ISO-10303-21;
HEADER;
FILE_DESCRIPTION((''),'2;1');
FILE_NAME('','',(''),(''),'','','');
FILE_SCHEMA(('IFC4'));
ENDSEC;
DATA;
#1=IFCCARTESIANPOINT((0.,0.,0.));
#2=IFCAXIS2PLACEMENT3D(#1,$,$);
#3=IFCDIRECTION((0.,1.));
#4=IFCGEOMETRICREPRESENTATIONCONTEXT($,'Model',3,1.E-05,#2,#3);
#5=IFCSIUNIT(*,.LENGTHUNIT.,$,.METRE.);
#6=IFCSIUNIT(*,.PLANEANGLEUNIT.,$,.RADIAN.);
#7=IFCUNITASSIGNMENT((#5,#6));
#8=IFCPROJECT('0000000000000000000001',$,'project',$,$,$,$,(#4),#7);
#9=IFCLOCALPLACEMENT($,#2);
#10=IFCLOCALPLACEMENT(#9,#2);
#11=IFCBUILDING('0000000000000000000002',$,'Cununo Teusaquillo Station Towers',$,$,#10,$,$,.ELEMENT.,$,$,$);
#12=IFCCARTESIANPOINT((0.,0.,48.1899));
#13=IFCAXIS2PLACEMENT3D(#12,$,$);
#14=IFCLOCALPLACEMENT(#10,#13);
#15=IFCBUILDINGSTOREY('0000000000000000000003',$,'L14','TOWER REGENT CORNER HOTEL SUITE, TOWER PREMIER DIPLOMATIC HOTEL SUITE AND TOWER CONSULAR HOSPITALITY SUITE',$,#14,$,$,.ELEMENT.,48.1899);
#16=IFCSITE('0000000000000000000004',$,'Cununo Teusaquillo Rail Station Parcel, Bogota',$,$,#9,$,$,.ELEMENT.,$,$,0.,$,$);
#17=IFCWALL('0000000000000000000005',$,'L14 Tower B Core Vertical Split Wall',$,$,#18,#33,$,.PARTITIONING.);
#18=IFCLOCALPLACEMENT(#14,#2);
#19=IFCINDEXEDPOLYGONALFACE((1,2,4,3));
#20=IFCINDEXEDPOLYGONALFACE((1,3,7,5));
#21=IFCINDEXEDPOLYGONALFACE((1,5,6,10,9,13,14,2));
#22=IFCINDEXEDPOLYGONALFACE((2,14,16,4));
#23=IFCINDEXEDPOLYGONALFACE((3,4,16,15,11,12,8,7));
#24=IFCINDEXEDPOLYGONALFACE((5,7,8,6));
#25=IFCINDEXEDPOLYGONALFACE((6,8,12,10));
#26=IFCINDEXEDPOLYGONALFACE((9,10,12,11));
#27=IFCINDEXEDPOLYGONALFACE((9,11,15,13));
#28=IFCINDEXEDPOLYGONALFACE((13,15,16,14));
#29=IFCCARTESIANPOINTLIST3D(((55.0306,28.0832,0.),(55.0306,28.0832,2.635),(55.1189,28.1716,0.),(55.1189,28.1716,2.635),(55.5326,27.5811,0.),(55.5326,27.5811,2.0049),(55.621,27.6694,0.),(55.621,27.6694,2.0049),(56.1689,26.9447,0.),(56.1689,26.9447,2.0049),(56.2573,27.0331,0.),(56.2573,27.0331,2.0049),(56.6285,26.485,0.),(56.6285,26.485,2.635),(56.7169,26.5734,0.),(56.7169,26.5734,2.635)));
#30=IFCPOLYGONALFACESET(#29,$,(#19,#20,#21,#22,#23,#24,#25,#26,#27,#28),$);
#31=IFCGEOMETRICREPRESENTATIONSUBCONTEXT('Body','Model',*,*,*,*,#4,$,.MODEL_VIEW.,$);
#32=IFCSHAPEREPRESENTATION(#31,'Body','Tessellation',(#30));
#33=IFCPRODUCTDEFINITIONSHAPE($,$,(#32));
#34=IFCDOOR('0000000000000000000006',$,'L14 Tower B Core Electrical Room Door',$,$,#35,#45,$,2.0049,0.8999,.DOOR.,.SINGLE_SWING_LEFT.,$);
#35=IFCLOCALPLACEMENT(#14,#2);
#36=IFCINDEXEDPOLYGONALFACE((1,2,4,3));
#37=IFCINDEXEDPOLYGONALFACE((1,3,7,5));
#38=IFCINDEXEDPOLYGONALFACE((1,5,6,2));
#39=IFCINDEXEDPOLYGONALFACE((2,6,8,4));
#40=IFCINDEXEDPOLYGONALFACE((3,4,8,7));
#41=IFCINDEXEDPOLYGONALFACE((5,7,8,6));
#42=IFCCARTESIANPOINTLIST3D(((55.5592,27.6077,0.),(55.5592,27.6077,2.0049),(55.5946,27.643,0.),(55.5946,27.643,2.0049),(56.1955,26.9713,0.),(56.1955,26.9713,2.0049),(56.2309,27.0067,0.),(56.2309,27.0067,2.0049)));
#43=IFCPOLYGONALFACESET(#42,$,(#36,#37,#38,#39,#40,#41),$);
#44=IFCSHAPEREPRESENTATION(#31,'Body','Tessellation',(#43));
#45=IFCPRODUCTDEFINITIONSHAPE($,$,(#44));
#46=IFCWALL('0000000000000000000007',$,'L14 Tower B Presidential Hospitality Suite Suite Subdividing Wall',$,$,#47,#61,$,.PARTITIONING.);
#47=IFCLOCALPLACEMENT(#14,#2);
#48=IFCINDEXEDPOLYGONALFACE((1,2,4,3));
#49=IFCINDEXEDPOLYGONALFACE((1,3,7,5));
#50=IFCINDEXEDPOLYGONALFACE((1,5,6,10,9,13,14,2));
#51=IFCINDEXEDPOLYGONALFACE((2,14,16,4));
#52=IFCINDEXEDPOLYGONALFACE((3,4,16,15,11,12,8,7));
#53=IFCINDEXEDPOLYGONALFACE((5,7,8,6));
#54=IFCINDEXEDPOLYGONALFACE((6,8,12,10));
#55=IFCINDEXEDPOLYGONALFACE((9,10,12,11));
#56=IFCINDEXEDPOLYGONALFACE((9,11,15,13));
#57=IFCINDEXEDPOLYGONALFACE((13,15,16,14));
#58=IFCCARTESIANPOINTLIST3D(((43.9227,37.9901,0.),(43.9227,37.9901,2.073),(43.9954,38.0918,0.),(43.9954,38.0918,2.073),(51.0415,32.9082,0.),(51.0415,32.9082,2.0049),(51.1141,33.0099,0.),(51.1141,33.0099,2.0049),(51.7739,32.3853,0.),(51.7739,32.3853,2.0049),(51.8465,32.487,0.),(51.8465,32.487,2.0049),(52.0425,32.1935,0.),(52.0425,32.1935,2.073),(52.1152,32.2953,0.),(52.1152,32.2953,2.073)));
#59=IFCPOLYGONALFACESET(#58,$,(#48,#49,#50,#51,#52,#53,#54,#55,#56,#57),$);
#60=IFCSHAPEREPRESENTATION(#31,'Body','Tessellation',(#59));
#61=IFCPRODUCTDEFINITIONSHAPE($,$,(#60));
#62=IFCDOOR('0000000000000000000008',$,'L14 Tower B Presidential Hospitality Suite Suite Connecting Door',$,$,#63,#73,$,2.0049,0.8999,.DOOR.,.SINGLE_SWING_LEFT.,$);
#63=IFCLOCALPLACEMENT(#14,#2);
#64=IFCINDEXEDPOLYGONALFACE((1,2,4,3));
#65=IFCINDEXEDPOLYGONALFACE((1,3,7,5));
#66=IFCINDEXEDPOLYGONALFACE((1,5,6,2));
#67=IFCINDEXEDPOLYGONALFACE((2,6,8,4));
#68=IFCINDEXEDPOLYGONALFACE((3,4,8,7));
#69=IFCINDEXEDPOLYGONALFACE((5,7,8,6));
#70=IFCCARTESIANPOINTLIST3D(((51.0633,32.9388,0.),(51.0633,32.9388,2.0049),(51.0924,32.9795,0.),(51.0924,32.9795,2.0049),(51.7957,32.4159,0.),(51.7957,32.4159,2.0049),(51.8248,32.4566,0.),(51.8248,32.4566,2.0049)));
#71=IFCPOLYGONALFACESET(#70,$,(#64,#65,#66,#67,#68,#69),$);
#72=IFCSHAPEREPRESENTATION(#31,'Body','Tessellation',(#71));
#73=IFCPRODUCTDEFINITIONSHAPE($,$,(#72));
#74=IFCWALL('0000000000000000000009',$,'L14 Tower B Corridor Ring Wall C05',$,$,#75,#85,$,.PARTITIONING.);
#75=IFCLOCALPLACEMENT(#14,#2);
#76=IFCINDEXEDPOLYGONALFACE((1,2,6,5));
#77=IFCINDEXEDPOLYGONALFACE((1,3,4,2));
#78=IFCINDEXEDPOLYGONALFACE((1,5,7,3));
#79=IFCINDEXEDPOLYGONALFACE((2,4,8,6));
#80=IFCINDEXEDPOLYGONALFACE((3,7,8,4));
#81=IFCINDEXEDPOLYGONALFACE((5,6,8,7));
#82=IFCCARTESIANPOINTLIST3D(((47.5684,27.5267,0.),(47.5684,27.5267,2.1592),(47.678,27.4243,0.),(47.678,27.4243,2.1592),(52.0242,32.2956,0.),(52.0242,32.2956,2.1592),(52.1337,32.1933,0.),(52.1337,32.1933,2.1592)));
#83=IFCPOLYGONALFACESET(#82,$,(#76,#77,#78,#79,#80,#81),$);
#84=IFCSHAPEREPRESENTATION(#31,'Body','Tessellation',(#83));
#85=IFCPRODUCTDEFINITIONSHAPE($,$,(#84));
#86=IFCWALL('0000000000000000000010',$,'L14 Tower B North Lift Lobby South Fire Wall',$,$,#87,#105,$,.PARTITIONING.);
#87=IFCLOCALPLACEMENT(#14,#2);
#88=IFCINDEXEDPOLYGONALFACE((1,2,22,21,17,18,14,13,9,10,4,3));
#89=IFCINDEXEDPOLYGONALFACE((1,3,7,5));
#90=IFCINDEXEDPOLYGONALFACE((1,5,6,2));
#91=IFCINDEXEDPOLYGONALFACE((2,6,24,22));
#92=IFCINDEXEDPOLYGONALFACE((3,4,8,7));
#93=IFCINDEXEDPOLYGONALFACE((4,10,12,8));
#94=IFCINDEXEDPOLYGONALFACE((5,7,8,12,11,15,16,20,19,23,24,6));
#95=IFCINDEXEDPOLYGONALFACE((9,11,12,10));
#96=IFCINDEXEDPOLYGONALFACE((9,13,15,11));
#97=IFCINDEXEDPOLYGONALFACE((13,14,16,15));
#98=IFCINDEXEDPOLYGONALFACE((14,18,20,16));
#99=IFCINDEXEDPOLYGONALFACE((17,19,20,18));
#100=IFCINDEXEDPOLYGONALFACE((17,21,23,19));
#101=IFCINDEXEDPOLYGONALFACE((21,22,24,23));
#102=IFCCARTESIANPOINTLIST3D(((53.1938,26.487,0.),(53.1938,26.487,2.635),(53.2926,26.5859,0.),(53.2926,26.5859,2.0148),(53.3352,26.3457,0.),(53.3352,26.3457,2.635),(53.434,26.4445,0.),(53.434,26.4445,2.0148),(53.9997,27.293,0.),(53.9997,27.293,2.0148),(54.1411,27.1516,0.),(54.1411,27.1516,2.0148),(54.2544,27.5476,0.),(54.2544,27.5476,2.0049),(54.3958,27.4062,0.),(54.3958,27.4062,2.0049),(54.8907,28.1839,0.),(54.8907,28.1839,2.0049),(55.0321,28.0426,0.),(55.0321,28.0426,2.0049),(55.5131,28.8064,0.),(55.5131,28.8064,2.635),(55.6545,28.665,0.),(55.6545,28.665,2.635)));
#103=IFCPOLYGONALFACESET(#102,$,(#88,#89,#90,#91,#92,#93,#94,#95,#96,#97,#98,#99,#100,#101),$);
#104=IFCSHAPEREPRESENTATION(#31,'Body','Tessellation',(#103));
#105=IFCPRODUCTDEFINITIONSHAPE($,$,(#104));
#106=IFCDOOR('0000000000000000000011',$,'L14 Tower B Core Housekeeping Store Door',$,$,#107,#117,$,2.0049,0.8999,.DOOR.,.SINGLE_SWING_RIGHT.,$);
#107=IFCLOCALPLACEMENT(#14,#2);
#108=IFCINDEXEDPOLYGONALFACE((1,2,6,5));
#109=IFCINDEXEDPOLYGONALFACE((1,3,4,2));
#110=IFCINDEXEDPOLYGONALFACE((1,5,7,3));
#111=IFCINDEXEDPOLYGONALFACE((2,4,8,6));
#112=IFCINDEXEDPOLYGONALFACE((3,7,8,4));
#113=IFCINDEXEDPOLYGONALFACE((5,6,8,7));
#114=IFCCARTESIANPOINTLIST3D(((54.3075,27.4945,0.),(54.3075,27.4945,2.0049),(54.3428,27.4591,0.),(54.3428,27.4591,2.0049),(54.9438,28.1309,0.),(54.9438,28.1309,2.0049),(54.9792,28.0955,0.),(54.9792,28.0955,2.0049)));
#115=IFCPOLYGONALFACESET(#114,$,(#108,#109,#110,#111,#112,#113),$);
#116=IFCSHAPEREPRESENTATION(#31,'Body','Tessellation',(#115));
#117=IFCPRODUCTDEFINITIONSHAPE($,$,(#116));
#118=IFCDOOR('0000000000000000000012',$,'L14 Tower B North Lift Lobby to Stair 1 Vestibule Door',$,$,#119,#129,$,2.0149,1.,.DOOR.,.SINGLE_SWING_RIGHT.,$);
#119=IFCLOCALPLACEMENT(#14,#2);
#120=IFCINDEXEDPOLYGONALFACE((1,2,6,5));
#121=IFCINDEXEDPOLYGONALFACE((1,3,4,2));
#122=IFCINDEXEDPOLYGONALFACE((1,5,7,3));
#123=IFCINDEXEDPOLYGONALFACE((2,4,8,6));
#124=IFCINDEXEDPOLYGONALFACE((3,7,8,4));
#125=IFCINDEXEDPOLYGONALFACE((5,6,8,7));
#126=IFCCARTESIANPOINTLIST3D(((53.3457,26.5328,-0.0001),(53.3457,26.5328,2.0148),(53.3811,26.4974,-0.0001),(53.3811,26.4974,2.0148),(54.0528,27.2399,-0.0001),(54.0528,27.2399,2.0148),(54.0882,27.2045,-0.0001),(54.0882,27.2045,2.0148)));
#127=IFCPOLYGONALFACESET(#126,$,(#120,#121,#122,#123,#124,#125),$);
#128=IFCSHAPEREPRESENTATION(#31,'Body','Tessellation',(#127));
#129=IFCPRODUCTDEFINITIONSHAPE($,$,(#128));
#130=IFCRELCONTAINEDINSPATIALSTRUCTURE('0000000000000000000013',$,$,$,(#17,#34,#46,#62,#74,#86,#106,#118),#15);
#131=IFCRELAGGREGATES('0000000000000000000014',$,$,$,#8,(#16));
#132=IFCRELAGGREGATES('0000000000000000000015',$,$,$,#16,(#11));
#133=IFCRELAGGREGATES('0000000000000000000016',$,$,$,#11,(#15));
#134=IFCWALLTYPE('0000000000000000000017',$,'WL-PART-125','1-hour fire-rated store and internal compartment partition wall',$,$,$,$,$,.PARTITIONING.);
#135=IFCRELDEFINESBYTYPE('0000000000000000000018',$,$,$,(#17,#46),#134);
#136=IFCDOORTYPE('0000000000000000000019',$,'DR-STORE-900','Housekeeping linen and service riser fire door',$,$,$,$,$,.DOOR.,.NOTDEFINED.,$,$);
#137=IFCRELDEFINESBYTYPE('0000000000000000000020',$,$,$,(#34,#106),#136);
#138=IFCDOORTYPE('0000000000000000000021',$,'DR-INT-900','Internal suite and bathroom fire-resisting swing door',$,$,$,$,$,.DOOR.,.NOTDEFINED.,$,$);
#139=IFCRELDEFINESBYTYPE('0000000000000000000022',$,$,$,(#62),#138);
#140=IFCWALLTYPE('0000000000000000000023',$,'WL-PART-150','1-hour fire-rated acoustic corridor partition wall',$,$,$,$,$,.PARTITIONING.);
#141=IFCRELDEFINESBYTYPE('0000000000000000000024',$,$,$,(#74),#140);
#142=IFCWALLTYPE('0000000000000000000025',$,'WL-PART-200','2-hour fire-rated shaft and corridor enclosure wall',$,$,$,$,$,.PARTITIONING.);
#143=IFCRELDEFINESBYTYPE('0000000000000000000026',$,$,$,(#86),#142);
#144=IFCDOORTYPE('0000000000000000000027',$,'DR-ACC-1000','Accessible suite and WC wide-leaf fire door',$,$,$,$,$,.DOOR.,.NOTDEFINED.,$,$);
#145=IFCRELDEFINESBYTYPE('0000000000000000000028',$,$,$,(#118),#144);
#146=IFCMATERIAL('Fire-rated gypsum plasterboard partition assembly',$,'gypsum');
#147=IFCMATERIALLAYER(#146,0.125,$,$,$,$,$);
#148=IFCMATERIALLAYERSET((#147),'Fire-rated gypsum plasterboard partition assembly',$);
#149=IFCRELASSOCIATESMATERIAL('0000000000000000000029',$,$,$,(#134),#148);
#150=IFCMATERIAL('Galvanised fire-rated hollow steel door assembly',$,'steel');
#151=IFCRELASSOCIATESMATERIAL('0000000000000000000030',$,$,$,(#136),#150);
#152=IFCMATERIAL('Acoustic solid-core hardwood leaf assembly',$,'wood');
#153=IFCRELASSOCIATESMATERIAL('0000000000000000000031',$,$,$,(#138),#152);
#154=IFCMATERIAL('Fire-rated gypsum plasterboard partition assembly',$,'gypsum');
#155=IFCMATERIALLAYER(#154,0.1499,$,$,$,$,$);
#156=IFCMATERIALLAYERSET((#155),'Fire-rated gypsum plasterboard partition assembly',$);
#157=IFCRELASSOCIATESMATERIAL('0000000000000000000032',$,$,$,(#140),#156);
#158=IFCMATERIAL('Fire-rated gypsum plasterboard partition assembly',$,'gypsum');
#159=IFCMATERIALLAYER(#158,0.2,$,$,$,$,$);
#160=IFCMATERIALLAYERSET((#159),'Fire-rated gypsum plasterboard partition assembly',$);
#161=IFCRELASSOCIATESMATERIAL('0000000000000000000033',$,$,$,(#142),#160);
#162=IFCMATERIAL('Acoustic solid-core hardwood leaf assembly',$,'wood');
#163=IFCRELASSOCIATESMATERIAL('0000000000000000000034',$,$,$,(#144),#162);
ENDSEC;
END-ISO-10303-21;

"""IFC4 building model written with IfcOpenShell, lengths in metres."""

from ifc_helpers import new_model, si_unit, direction, frame, frame_2d, origin, place, context, subcontext, project, spatial, rectangle, extrude, source, transform, mapped, material, layer, layer_set, type_object, element, fill, save


model = new_model("IFC4")

# Units and contexts
model_context = context("Model", 3, precision=1e-05, world=origin(), true_north=direction((0.0, 1.0)))
body_context = subcontext(model_context, "Body", "Model", "MODEL_VIEW")
ifc_project = project(units=[si_unit("LENGTHUNIT", "METRE"), si_unit("PLANEANGLEUNIT", "RADIAN")], contexts=[model_context])

# Site, building, storey
site_placement = place(None, origin())
site = spatial("IfcSite", under=ifc_project, at=site_placement, Name="Cununo Teusaquillo Rail Station Parcel, Bogota", CompositionType="ELEMENT", RefElevation=0.0)
building_placement = place(site_placement, origin())
building = spatial("IfcBuilding", under=site, at=building_placement, Name="Cununo Teusaquillo Station Towers", CompositionType="ELEMENT")
storey_placement = place(building_placement, frame((0.0, 0.0, 48.1899)))
storey = spatial("IfcBuildingStorey", under=building, at=storey_placement, Name="L14", Description="TOWER REGENT CORNER HOTEL SUITE, TOWER PREMIER DIPLOMATIC HOTEL SUITE AND TOWER CONSULAR HOSPITALITY SUITE", CompositionType="ELEMENT", Elevation=48.1899)

# Walls, openings, doors
ifc_material_1 = material(Name="Fire-rated gypsum plasterboard partition assembly", Category="gypsum")
ifc_layer_1 = layer(ifc_material_1, 0.125)
ifc_layer_set_1 = layer_set([ifc_layer_1], Name="Fire-rated gypsum plasterboard partition assembly")
wall_type_1 = type_object("IfcWallType", Name="WL-PART-125", Description="1-hour fire-rated store and internal compartment partition wall", PredefinedType="PARTITIONING", material=ifc_layer_set_1)
wall_1_placement = place(storey_placement, frame((56.6726, 26.5293, 0.0), z_axis=(0.0, 0.0, 1.0), x_axis=(-0.707053, 0.707161, 0.0)))
wall_1 = element("IfcWall", 1, at=wall_1_placement, inside=storey, type_object=wall_type_1, Name="L14 Tower B Core Vertical Split Wall", PredefinedType="PARTITIONING", context=body_context, shape_type="SweptSolid", body=[
    extrude(rectangle(XDim=2.26, YDim=0.125, at=frame_2d((1.1299, 0.0))), origin(), (0.0, 0.0, 1.0), 2.635),
])
shared_shape_1 = source(origin(), body_context, "Body", "SweptSolid", [
    extrude(rectangle(XDim=0.8999, YDim=2.0049, at=frame_2d((0.45, 1.0024))), frame((0.0, 0.0725, 0.0), z_axis=(0.0, -1.0, 0.0), x_axis=(1.0, 0.0, 0.0)), (0.0, 0.0, 1.0), 0.145),
])
opening_1_placement = place(wall_1_placement, frame((0.6499, 0.0, 0.0)))
opening_1 = element("IfcOpeningElement", 2, at=opening_1_placement, cuts=wall_1, PredefinedType="OPENING", context=body_context, shape_type="MappedRepresentation", body=[
    mapped(shared_shape_1, transform((0.0, 0.0, 0.0), x_axis=(1.0, 0.0, 0.0), y_axis=(0.0, 1.0, 0.0), z_axis=(0.0, 0.0, 1.0), scale=1.0)),
])
ifc_material_2 = material(Name="Galvanised fire-rated hollow steel door assembly", Category="steel")
door_type_1 = type_object("IfcDoorType", Name="DR-STORE-900", Description="Housekeeping linen and service riser fire door", OperationType="NOTDEFINED", PredefinedType="DOOR", material=ifc_material_2)
shared_shape_2 = source(origin(), body_context, "Body", "SweptSolid", [
    extrude(rectangle(XDim=0.8999, YDim=2.0049, at=frame_2d((0.45, 1.0024))), frame((0.0, 0.0249, 0.0), z_axis=(0.0, -1.0, 0.0), x_axis=(1.0, 0.0, 0.0)), (0.0, 0.0, 1.0), 0.05),
])
door_1_placement = place(opening_1_placement, origin())
door_1 = element("IfcDoor", 3, at=door_1_placement, inside=storey, type_object=door_type_1, Name="L14 Tower B Core Electrical Room Door", OperationType="SINGLE_SWING_LEFT", OverallHeight=2.0049, OverallWidth=0.8999, PredefinedType="DOOR", context=body_context, shape_type="MappedRepresentation", body=[
    mapped(shared_shape_2, transform((0.0, 0.0, 0.0), x_axis=(1.0, 0.0, 0.0), y_axis=(0.0, 1.0, 0.0), z_axis=(0.0, 0.0, 1.0), scale=1.0)),
])
fill(opening_1, door_1)
wall_2_placement = place(storey_placement, frame((52.0789, 32.2444, 0.0), z_axis=(0.0, 0.0, 1.0), x_axis=(-0.813889, 0.581021, 0.0)))
wall_2 = element("IfcWall", 4, at=wall_2_placement, inside=storey, type_object=wall_type_1, Name="L14 Tower B Presidential Hospitality Suite Suite Subdividing Wall", PredefinedType="PARTITIONING", context=body_context, shape_type="SweptSolid", body=[
    extrude(rectangle(XDim=9.9766, YDim=0.125, at=frame_2d((4.9883, 0.0))), origin(), (0.0, 0.0, 1.0), 2.073),
])
opening_2_placement = place(wall_2_placement, frame((0.3301, 0.0, 0.0)))
opening_2 = element("IfcOpeningElement", 5, at=opening_2_placement, cuts=wall_2, PredefinedType="OPENING", context=body_context, shape_type="MappedRepresentation", body=[
    mapped(shared_shape_1, transform((0.0, 0.0, 0.0), x_axis=(1.0, 0.0, 0.0), y_axis=(0.0, 1.0, 0.0), z_axis=(0.0, 0.0, 1.0), scale=1.0)),
])
ifc_material_3 = material(Name="Acoustic solid-core hardwood leaf assembly", Category="wood")
door_type_2 = type_object("IfcDoorType", Name="DR-INT-900", Description="Internal suite and bathroom fire-resisting swing door", OperationType="NOTDEFINED", PredefinedType="DOOR", material=ifc_material_3)
door_2_placement = place(opening_2_placement, origin())
door_2 = element("IfcDoor", 6, at=door_2_placement, inside=storey, type_object=door_type_2, Name="L14 Tower B Presidential Hospitality Suite Suite Connecting Door", OperationType="SINGLE_SWING_LEFT", OverallHeight=2.0049, OverallWidth=0.8999, PredefinedType="DOOR", context=body_context, shape_type="MappedRepresentation", body=[
    mapped(shared_shape_2, transform((0.0, 0.0, 0.0), x_axis=(1.0, 0.0, 0.0), y_axis=(0.0, 1.0, 0.0), z_axis=(0.0, 0.0, 1.0), scale=1.0)),
])
fill(opening_2, door_2)

# Wall
ifc_material_4 = material(Name="Fire-rated gypsum plasterboard partition assembly", Category="gypsum")
ifc_layer_2 = layer(ifc_material_4, 0.1499)
ifc_layer_set_2 = layer_set([ifc_layer_2], Name="Fire-rated gypsum plasterboard partition assembly")
wall_type_2 = type_object("IfcWallType", Name="WL-PART-150", Description="1-hour fire-rated acoustic corridor partition wall", PredefinedType="PARTITIONING", material=ifc_layer_set_2)
wall_3_placement = place(storey_placement, frame((52.0789, 32.2444, 0.0), z_axis=(0.0, 0.0, 1.0), x_axis=(-0.682703, -0.730696, 0.0)))
element("IfcWall", 7, at=wall_3_placement, inside=storey, type_object=wall_type_2, Name="L14 Tower B Corridor Ring Wall C05", PredefinedType="PARTITIONING", context=body_context, shape_type="SweptSolid", body=[
    extrude(rectangle(XDim=6.5266, YDim=0.1499, at=frame_2d((3.2632, 0.0))), origin(), (0.0, 0.0, 1.0), 2.1592),
])

# Wall, openings, doors
ifc_material_5 = material(Name="Fire-rated gypsum plasterboard partition assembly", Category="gypsum")
ifc_layer_3 = layer(ifc_material_5, 0.2)
ifc_layer_set_3 = layer_set([ifc_layer_3], Name="Fire-rated gypsum plasterboard partition assembly")
wall_type_3 = type_object("IfcWallType", Name="WL-PART-200", Description="2-hour fire-rated shaft and corridor enclosure wall", PredefinedType="PARTITIONING", material=ifc_layer_set_3)
wall_4_placement = place(storey_placement, frame((53.2644, 26.4163, 0.0), z_axis=(0.0, 0.0, 1.0), x_axis=(0.707107, 0.707107, 0.0)))
wall_4 = element("IfcWall", 8, at=wall_4_placement, inside=storey, type_object=wall_type_3, Name="L14 Tower B North Lift Lobby South Fire Wall", PredefinedType="PARTITIONING", context=body_context, shape_type="SweptSolid", body=[
    extrude(rectangle(XDim=3.28, YDim=0.2, at=frame_2d((1.6401, 0.0))), origin(), (0.0, 0.0, 1.0), 2.635),
])
shared_shape_3 = source(origin(), body_context, "Body", "SweptSolid", [
    extrude(rectangle(XDim=1.0, YDim=2.0149, at=frame_2d((0.5, 1.0073))), frame((0.0, 0.1099, 0.0), z_axis=(0.0, -1.0, 0.0), x_axis=(1.0, 0.0, 0.0)), (0.0, 0.0, 1.0), 0.22),
])
opening_3_placement = place(wall_4_placement, frame((0.1399, 0.0, 0.0)))
opening_3 = element("IfcOpeningElement", 9, at=opening_3_placement, cuts=wall_4, PredefinedType="OPENING", context=body_context, shape_type="MappedRepresentation", body=[
    mapped(shared_shape_3, transform((0.0, 0.0, 0.0), x_axis=(1.0, 0.0, 0.0), y_axis=(0.0, 1.0, 0.0), z_axis=(0.0, 0.0, 1.0), scale=1.0)),
])
shared_shape_4 = source(origin(), body_context, "Body", "SweptSolid", [
    extrude(rectangle(XDim=0.8999, YDim=2.0049, at=frame_2d((0.45, 1.0024))), frame((0.0, 0.1099, 0.0), z_axis=(0.0, -1.0, 0.0), x_axis=(1.0, 0.0, 0.0)), (0.0, 0.0, 1.0), 0.22),
])
opening_4_placement = place(wall_4_placement, frame((1.5, 0.0, 0.0)))
opening_4 = element("IfcOpeningElement", 10, at=opening_4_placement, cuts=wall_4, PredefinedType="OPENING", context=body_context, shape_type="MappedRepresentation", body=[
    mapped(shared_shape_4, transform((0.0, 0.0, 0.0), x_axis=(1.0, 0.0, 0.0), y_axis=(0.0, 1.0, 0.0), z_axis=(0.0, 0.0, 1.0), scale=1.0)),
])
door_3_placement = place(opening_4_placement, origin())
door_3 = element("IfcDoor", 11, at=door_3_placement, inside=storey, type_object=door_type_1, Name="L14 Tower B Core Housekeeping Store Door", OperationType="SINGLE_SWING_RIGHT", OverallHeight=2.0049, OverallWidth=0.8999, PredefinedType="DOOR", context=body_context, shape_type="MappedRepresentation", body=[
    mapped(shared_shape_2, transform((0.0, 0.0, 0.0), x_axis=(1.0, 0.0, 0.0), y_axis=(0.0, 1.0, 0.0), z_axis=(0.0, 0.0, 1.0), scale=1.0)),
])
fill(opening_4, door_3)
ifc_material_6 = material(Name="Acoustic solid-core hardwood leaf assembly", Category="wood")
door_type_3 = type_object("IfcDoorType", Name="DR-ACC-1000", Description="Accessible suite and WC wide-leaf fire door", OperationType="NOTDEFINED", PredefinedType="DOOR", material=ifc_material_6)
shared_shape_5 = source(origin(), body_context, "Body", "SweptSolid", [
    extrude(rectangle(XDim=1.0, YDim=2.0149, at=frame_2d((0.5, 1.0073))), frame((0.0, 0.0249, 0.0), z_axis=(0.0, -1.0, 0.0), x_axis=(1.0, 0.0, 0.0)), (0.0, 0.0, 1.0), 0.05),
])
door_4_placement = place(opening_3_placement, origin())
door_4 = element("IfcDoor", 12, at=door_4_placement, inside=storey, type_object=door_type_3, Name="L14 Tower B North Lift Lobby to Stair 1 Vestibule Door", OperationType="SINGLE_SWING_RIGHT", OverallHeight=2.0149, OverallWidth=1.0, PredefinedType="DOOR", context=body_context, shape_type="MappedRepresentation", body=[
    mapped(shared_shape_5, transform((0.0, 0.0, 0.0), x_axis=(1.0, 0.0, 0.0), y_axis=(0.0, 1.0, 0.0), z_axis=(0.0, 0.0, 1.0), scale=1.0)),
])
fill(opening_3, door_4)

save(model, "model.ifc")
